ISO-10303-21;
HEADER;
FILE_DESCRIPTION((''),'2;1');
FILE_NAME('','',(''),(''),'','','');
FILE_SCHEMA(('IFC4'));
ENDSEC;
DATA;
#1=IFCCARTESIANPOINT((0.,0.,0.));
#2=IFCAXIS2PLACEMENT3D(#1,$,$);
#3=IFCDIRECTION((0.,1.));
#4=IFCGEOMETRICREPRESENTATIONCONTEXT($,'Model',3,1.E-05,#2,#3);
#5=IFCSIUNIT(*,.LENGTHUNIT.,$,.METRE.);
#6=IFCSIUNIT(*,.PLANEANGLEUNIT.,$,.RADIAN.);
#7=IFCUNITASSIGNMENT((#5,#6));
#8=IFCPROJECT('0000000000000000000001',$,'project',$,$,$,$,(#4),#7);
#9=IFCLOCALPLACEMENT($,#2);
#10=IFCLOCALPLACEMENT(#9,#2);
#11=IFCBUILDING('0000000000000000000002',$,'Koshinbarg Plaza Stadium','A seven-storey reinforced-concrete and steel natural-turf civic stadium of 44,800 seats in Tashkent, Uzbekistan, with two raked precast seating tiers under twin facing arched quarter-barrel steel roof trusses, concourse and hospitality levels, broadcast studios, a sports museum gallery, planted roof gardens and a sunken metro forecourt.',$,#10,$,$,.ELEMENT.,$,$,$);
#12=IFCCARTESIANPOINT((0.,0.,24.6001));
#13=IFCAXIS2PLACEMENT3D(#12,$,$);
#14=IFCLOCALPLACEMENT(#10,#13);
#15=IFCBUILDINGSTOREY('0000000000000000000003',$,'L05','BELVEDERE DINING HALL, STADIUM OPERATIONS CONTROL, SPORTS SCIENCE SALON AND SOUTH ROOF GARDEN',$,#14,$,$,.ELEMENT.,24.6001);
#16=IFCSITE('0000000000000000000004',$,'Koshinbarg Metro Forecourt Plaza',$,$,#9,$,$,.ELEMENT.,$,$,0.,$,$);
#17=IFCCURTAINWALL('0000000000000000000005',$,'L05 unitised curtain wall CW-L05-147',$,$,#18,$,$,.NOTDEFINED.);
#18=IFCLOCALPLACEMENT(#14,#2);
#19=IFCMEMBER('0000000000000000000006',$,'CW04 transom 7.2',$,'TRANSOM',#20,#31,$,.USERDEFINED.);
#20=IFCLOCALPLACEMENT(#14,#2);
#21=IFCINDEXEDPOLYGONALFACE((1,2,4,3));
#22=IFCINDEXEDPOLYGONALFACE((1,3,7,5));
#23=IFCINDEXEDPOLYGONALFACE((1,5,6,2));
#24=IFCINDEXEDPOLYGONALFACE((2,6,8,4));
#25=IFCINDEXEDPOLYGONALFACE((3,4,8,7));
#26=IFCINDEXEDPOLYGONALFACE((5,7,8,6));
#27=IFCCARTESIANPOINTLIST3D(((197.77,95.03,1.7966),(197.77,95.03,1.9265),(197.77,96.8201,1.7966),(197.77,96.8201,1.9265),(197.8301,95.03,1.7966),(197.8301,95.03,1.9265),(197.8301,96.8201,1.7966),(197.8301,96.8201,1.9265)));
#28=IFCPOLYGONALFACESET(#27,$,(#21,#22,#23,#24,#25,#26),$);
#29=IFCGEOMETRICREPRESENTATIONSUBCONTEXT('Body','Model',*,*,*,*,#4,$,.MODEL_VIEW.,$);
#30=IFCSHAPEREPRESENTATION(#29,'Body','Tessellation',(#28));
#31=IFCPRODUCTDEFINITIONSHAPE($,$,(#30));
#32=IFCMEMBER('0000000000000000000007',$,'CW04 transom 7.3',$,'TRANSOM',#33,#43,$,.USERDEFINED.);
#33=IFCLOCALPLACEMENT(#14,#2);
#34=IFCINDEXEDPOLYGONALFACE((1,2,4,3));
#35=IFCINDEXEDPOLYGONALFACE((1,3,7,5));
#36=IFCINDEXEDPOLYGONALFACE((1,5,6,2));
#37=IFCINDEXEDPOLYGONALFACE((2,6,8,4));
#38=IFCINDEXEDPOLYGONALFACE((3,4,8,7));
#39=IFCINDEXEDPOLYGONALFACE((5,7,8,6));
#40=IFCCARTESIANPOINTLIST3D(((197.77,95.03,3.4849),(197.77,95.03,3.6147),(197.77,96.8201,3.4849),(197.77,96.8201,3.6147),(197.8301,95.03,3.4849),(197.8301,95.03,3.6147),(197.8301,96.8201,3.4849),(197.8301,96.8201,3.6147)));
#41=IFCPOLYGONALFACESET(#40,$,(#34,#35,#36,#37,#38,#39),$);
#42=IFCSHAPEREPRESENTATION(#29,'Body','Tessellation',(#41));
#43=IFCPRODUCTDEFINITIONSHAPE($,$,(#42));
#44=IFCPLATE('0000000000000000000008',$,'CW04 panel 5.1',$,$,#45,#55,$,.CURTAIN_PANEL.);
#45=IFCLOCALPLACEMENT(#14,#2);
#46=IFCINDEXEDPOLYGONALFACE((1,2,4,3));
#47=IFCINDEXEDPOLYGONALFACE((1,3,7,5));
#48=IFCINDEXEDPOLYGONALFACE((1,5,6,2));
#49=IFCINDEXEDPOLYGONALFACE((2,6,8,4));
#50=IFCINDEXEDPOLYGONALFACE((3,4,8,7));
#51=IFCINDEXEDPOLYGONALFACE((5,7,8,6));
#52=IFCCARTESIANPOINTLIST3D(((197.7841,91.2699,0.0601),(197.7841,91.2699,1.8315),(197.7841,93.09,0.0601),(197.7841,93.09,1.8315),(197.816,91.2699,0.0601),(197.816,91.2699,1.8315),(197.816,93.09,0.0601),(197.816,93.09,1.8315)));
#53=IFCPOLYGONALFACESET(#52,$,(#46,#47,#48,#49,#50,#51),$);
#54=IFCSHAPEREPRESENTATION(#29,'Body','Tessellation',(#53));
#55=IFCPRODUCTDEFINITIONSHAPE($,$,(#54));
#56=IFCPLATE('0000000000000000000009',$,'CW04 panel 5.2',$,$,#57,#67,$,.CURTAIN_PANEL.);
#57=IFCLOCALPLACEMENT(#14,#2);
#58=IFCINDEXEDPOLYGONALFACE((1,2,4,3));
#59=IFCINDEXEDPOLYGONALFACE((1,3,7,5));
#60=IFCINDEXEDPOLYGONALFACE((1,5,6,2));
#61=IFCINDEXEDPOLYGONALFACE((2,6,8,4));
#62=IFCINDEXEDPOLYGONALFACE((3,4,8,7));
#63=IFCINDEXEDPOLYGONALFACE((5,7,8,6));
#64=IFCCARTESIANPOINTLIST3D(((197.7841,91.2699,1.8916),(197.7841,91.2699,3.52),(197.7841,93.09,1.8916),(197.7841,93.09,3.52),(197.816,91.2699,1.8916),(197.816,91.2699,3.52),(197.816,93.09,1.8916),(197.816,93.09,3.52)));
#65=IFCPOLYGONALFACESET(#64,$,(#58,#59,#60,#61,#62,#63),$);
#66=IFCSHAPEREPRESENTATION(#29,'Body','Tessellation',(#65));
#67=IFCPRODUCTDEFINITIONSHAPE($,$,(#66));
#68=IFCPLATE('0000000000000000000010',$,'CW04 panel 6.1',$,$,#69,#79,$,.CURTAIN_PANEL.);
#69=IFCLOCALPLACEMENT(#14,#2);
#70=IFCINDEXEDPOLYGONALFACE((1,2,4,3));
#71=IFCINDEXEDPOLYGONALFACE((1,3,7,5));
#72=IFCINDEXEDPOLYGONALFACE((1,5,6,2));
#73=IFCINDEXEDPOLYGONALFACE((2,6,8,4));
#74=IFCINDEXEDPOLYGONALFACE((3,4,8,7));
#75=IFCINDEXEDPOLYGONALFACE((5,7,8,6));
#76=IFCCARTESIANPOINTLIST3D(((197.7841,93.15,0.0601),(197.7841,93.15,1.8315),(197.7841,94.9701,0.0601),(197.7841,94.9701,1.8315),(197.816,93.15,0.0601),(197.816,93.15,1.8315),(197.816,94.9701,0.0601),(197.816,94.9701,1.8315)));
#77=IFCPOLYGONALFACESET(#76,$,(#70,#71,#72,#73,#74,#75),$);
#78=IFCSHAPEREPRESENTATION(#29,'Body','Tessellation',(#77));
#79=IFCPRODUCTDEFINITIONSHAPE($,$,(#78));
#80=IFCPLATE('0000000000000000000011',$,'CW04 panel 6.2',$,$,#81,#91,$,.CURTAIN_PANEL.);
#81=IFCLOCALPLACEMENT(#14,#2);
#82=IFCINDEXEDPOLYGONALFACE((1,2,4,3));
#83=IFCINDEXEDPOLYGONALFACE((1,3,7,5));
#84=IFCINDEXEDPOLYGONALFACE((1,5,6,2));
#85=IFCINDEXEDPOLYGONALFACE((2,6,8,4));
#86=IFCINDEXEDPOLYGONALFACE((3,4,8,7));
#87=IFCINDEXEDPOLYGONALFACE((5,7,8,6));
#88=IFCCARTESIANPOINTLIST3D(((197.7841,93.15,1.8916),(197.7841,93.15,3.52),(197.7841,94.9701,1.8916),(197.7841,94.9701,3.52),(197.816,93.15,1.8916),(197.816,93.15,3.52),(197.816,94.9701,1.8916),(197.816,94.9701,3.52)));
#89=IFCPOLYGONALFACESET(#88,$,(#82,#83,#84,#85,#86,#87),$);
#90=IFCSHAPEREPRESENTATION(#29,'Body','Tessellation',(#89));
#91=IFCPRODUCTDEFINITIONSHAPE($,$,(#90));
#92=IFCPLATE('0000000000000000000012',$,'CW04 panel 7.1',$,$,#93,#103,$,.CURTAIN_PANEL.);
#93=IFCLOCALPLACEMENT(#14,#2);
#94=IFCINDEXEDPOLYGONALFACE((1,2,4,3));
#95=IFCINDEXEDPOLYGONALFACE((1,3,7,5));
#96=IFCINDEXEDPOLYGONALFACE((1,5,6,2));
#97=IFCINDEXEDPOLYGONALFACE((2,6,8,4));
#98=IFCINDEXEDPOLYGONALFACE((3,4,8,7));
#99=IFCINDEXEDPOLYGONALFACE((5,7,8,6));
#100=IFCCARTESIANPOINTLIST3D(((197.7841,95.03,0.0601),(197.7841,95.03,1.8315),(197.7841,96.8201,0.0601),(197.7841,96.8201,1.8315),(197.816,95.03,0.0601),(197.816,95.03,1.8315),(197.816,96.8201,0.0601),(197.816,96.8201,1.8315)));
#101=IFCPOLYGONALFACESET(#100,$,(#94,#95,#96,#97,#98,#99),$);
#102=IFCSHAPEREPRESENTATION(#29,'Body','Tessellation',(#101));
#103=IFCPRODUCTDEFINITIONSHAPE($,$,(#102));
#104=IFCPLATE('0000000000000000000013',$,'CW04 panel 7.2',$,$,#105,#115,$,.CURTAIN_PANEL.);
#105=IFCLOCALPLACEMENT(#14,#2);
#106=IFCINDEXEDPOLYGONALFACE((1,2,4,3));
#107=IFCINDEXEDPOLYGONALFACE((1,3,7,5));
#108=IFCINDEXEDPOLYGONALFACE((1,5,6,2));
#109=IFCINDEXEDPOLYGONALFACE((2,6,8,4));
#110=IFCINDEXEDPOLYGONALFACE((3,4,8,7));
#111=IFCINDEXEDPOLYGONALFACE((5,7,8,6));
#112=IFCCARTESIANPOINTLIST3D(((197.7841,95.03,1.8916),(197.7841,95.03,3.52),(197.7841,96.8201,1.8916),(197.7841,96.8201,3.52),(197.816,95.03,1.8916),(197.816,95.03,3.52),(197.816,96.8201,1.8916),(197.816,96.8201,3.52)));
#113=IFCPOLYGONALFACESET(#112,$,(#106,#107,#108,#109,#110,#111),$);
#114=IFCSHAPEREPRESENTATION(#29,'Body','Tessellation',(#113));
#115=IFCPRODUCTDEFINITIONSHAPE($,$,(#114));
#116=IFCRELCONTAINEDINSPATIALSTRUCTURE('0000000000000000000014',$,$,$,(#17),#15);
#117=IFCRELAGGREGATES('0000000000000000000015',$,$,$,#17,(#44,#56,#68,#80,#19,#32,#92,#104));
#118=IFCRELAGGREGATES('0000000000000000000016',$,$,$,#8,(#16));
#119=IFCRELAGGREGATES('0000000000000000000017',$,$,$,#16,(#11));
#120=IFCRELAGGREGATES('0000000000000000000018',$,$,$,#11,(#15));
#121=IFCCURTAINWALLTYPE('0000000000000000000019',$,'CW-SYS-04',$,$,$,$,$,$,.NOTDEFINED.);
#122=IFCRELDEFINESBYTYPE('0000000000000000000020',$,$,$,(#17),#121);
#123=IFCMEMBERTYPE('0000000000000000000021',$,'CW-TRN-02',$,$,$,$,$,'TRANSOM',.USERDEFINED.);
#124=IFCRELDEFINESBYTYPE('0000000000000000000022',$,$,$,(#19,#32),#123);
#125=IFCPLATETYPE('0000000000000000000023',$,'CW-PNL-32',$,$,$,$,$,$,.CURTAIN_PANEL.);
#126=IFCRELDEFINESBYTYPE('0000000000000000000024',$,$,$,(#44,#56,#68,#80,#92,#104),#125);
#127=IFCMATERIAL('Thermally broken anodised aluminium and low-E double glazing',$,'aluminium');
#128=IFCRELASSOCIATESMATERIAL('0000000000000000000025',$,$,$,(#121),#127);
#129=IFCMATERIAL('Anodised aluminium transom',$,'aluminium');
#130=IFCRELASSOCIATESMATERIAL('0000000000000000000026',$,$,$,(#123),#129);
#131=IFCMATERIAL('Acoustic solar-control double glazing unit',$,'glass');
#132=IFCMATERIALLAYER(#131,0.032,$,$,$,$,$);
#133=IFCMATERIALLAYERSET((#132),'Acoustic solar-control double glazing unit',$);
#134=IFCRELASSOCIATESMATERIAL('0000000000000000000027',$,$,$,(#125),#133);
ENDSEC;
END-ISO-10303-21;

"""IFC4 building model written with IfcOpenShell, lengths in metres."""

from ifc_helpers import new_model, si_unit, direction, frame, origin, origin_2d, place, context, subcontext, project, spatial, rectangle, extrude, material, layer, layer_set, material_profile, profile_set, type_object, element, aggregate, save


model = new_model("IFC4")

# Units and contexts
model_context = context("Model", 3, precision=1e-05, world=origin(), true_north=direction((0.0, 1.0)))
body_context = subcontext(model_context, "Body", "Model", "MODEL_VIEW")
ifc_project = project(units=[si_unit("LENGTHUNIT", "METRE"), si_unit("PLANEANGLEUNIT", "RADIAN")], contexts=[model_context])

# Site, building, storey
site_placement = place(None, origin())
site = spatial("IfcSite", under=ifc_project, at=site_placement, Name="Koshinbarg Metro Forecourt Plaza", CompositionType="ELEMENT", RefElevation=0.0)
building_placement = place(site_placement, origin())
building = spatial("IfcBuilding", under=site, at=building_placement, Name="Koshinbarg Plaza Stadium", Description="A seven-storey reinforced-concrete and steel natural-turf civic stadium of 44,800 seats in Tashkent, Uzbekistan, with two raked precast seating tiers under twin facing arched quarter-barrel steel roof trusses, concourse and hospitality levels, broadcast studios, a sports museum gallery, planted roof gardens and a sunken metro forecourt.", CompositionType="ELEMENT")
storey_placement = place(building_placement, frame((0.0, 0.0, 24.6001)))
storey = spatial("IfcBuildingStorey", under=building, at=storey_placement, Name="L05", Description="BELVEDERE DINING HALL, STADIUM OPERATIONS CONTROL, SPORTS SCIENCE SALON AND SOUTH ROOF GARDEN", CompositionType="ELEMENT", Elevation=24.6001)

# Shared definitions
ifc_material_1 = material(Name="Thermally broken anodised aluminium and low-E double glazing", Category="aluminium")

# Curtain wall
curtain_wall_type_1 = type_object("IfcCurtainWallType", Name="CW-SYS-04", PredefinedType="NOTDEFINED", material=ifc_material_1)
curtain_wall_1_placement = place(storey_placement, origin())
curtain_wall_1 = element("IfcCurtainWall", 1, at=curtain_wall_1_placement, inside=storey, type_object=curtain_wall_type_1, Name="L05 unitised curtain wall CW-L05-147", PredefinedType="NOTDEFINED")

# Members
ifc_material_2 = material(Name="Anodised aluminium transom", Category="aluminium")
ifc_material_profile_1 = material_profile(ifc_material_2, rectangle(XDim=0.0601, YDim=0.1299, at=origin_2d()), Name="ALU 60x130")
ifc_profile_set_1 = profile_set([ifc_material_profile_1], Name="Anodised aluminium transom")
member_type_1 = type_object("IfcMemberType", Name="CW-TRN-02", ElementType="TRANSOM", PredefinedType="USERDEFINED", material=ifc_profile_set_1)
member_1_placement = place(storey_placement, frame((197.8, 95.03, 1.8616), z_axis=(0.0, 1.0, 0.0), x_axis=(-1.0, 0.0, 0.0)))
member_1 = element("IfcMember", 2, at=member_1_placement, type_object=member_type_1, Name="CW04 transom 7.2", ObjectType="TRANSOM", PredefinedType="USERDEFINED", context=body_context, shape_type="SweptSolid", body=[
    extrude(rectangle(XDim=0.0601, YDim=0.1299, at=origin_2d()), origin(), (0.0, 0.0, 1.0), 1.79),
])
member_2_placement = place(storey_placement, frame((197.8, 95.03, 3.5498), z_axis=(0.0, 1.0, 0.0), x_axis=(-1.0, 0.0, 0.0)))
member_2 = element("IfcMember", 3, at=member_2_placement, type_object=member_type_1, Name="CW04 transom 7.3", ObjectType="TRANSOM", PredefinedType="USERDEFINED", context=body_context, shape_type="SweptSolid", body=[
    extrude(rectangle(XDim=0.0601, YDim=0.1299, at=origin_2d()), origin(), (0.0, 0.0, 1.0), 1.79),
])

# Plates
ifc_material_3 = material(Name="Acoustic solar-control double glazing unit", Category="glass")
ifc_layer = layer(ifc_material_3, 0.032)
ifc_layer_set = layer_set([ifc_layer], Name="Acoustic solar-control double glazing unit")
plate_type = type_object("IfcPlateType", Name="CW-PNL-32", PredefinedType="CURTAIN_PANEL", material=ifc_layer_set)
plate_1_placement = place(storey_placement, frame((197.8, 92.1799, 0.0601), z_axis=(0.0, 0.0, 1.0), x_axis=(0.0, 1.0, 0.0)))
plate_1 = element("IfcPlate", 4, at=plate_1_placement, type_object=plate_type, Name="CW04 panel 5.1", PredefinedType="CURTAIN_PANEL", context=body_context, shape_type="SweptSolid", body=[
    extrude(rectangle(XDim=1.8201, YDim=0.032, at=origin_2d()), origin(), (0.0, 0.0, 1.0), 1.7715),
])
plate_2_placement = place(storey_placement, frame((197.8, 92.1799, 1.8916), z_axis=(0.0, 0.0, 1.0), x_axis=(0.0, 1.0, 0.0)))
plate_2 = element("IfcPlate", 5, at=plate_2_placement, type_object=plate_type, Name="CW04 panel 5.2", PredefinedType="CURTAIN_PANEL", context=body_context, shape_type="SweptSolid", body=[
    extrude(rectangle(XDim=1.8201, YDim=0.032, at=origin_2d()), origin(), (0.0, 0.0, 1.0), 1.6284),
])
plate_3_placement = place(storey_placement, frame((197.8, 94.0601, 0.0601), z_axis=(0.0, 0.0, 1.0), x_axis=(0.0, 1.0, 0.0)))
plate_3 = element("IfcPlate", 6, at=plate_3_placement, type_object=plate_type, Name="CW04 panel 6.1", PredefinedType="CURTAIN_PANEL", context=body_context, shape_type="SweptSolid", body=[
    extrude(rectangle(XDim=1.8201, YDim=0.032, at=origin_2d()), origin(), (0.0, 0.0, 1.0), 1.7715),
])
plate_4_placement = place(storey_placement, frame((197.8, 94.0601, 1.8916), z_axis=(0.0, 0.0, 1.0), x_axis=(0.0, 1.0, 0.0)))
plate_4 = element("IfcPlate", 7, at=plate_4_placement, type_object=plate_type, Name="CW04 panel 6.2", PredefinedType="CURTAIN_PANEL", context=body_context, shape_type="SweptSolid", body=[
    extrude(rectangle(XDim=1.8201, YDim=0.032, at=origin_2d()), origin(), (0.0, 0.0, 1.0), 1.6284),
])
plate_5_placement = place(storey_placement, frame((197.8, 95.925, 0.0601), z_axis=(0.0, 0.0, 1.0), x_axis=(0.0, 1.0, 0.0)))
plate_5 = element("IfcPlate", 8, at=plate_5_placement, type_object=plate_type, Name="CW04 panel 7.1", PredefinedType="CURTAIN_PANEL", context=body_context, shape_type="SweptSolid", body=[
    extrude(rectangle(XDim=1.79, YDim=0.032, at=origin_2d()), origin(), (0.0, 0.0, 1.0), 1.7715),
])
plate_6_placement = place(storey_placement, frame((197.8, 95.925, 1.8916), z_axis=(0.0, 0.0, 1.0), x_axis=(0.0, 1.0, 0.0)))
plate_6 = element("IfcPlate", 9, at=plate_6_placement, type_object=plate_type, Name="CW04 panel 7.2", PredefinedType="CURTAIN_PANEL", context=body_context, shape_type="SweptSolid", body=[
    extrude(rectangle(XDim=1.79, YDim=0.032, at=origin_2d()), origin(), (0.0, 0.0, 1.0), 1.6284),
])
aggregate(curtain_wall_1, [plate_1, plate_2, plate_3, plate_4, member_1, member_2, plate_5, plate_6])

save(model, "model.ifc")
